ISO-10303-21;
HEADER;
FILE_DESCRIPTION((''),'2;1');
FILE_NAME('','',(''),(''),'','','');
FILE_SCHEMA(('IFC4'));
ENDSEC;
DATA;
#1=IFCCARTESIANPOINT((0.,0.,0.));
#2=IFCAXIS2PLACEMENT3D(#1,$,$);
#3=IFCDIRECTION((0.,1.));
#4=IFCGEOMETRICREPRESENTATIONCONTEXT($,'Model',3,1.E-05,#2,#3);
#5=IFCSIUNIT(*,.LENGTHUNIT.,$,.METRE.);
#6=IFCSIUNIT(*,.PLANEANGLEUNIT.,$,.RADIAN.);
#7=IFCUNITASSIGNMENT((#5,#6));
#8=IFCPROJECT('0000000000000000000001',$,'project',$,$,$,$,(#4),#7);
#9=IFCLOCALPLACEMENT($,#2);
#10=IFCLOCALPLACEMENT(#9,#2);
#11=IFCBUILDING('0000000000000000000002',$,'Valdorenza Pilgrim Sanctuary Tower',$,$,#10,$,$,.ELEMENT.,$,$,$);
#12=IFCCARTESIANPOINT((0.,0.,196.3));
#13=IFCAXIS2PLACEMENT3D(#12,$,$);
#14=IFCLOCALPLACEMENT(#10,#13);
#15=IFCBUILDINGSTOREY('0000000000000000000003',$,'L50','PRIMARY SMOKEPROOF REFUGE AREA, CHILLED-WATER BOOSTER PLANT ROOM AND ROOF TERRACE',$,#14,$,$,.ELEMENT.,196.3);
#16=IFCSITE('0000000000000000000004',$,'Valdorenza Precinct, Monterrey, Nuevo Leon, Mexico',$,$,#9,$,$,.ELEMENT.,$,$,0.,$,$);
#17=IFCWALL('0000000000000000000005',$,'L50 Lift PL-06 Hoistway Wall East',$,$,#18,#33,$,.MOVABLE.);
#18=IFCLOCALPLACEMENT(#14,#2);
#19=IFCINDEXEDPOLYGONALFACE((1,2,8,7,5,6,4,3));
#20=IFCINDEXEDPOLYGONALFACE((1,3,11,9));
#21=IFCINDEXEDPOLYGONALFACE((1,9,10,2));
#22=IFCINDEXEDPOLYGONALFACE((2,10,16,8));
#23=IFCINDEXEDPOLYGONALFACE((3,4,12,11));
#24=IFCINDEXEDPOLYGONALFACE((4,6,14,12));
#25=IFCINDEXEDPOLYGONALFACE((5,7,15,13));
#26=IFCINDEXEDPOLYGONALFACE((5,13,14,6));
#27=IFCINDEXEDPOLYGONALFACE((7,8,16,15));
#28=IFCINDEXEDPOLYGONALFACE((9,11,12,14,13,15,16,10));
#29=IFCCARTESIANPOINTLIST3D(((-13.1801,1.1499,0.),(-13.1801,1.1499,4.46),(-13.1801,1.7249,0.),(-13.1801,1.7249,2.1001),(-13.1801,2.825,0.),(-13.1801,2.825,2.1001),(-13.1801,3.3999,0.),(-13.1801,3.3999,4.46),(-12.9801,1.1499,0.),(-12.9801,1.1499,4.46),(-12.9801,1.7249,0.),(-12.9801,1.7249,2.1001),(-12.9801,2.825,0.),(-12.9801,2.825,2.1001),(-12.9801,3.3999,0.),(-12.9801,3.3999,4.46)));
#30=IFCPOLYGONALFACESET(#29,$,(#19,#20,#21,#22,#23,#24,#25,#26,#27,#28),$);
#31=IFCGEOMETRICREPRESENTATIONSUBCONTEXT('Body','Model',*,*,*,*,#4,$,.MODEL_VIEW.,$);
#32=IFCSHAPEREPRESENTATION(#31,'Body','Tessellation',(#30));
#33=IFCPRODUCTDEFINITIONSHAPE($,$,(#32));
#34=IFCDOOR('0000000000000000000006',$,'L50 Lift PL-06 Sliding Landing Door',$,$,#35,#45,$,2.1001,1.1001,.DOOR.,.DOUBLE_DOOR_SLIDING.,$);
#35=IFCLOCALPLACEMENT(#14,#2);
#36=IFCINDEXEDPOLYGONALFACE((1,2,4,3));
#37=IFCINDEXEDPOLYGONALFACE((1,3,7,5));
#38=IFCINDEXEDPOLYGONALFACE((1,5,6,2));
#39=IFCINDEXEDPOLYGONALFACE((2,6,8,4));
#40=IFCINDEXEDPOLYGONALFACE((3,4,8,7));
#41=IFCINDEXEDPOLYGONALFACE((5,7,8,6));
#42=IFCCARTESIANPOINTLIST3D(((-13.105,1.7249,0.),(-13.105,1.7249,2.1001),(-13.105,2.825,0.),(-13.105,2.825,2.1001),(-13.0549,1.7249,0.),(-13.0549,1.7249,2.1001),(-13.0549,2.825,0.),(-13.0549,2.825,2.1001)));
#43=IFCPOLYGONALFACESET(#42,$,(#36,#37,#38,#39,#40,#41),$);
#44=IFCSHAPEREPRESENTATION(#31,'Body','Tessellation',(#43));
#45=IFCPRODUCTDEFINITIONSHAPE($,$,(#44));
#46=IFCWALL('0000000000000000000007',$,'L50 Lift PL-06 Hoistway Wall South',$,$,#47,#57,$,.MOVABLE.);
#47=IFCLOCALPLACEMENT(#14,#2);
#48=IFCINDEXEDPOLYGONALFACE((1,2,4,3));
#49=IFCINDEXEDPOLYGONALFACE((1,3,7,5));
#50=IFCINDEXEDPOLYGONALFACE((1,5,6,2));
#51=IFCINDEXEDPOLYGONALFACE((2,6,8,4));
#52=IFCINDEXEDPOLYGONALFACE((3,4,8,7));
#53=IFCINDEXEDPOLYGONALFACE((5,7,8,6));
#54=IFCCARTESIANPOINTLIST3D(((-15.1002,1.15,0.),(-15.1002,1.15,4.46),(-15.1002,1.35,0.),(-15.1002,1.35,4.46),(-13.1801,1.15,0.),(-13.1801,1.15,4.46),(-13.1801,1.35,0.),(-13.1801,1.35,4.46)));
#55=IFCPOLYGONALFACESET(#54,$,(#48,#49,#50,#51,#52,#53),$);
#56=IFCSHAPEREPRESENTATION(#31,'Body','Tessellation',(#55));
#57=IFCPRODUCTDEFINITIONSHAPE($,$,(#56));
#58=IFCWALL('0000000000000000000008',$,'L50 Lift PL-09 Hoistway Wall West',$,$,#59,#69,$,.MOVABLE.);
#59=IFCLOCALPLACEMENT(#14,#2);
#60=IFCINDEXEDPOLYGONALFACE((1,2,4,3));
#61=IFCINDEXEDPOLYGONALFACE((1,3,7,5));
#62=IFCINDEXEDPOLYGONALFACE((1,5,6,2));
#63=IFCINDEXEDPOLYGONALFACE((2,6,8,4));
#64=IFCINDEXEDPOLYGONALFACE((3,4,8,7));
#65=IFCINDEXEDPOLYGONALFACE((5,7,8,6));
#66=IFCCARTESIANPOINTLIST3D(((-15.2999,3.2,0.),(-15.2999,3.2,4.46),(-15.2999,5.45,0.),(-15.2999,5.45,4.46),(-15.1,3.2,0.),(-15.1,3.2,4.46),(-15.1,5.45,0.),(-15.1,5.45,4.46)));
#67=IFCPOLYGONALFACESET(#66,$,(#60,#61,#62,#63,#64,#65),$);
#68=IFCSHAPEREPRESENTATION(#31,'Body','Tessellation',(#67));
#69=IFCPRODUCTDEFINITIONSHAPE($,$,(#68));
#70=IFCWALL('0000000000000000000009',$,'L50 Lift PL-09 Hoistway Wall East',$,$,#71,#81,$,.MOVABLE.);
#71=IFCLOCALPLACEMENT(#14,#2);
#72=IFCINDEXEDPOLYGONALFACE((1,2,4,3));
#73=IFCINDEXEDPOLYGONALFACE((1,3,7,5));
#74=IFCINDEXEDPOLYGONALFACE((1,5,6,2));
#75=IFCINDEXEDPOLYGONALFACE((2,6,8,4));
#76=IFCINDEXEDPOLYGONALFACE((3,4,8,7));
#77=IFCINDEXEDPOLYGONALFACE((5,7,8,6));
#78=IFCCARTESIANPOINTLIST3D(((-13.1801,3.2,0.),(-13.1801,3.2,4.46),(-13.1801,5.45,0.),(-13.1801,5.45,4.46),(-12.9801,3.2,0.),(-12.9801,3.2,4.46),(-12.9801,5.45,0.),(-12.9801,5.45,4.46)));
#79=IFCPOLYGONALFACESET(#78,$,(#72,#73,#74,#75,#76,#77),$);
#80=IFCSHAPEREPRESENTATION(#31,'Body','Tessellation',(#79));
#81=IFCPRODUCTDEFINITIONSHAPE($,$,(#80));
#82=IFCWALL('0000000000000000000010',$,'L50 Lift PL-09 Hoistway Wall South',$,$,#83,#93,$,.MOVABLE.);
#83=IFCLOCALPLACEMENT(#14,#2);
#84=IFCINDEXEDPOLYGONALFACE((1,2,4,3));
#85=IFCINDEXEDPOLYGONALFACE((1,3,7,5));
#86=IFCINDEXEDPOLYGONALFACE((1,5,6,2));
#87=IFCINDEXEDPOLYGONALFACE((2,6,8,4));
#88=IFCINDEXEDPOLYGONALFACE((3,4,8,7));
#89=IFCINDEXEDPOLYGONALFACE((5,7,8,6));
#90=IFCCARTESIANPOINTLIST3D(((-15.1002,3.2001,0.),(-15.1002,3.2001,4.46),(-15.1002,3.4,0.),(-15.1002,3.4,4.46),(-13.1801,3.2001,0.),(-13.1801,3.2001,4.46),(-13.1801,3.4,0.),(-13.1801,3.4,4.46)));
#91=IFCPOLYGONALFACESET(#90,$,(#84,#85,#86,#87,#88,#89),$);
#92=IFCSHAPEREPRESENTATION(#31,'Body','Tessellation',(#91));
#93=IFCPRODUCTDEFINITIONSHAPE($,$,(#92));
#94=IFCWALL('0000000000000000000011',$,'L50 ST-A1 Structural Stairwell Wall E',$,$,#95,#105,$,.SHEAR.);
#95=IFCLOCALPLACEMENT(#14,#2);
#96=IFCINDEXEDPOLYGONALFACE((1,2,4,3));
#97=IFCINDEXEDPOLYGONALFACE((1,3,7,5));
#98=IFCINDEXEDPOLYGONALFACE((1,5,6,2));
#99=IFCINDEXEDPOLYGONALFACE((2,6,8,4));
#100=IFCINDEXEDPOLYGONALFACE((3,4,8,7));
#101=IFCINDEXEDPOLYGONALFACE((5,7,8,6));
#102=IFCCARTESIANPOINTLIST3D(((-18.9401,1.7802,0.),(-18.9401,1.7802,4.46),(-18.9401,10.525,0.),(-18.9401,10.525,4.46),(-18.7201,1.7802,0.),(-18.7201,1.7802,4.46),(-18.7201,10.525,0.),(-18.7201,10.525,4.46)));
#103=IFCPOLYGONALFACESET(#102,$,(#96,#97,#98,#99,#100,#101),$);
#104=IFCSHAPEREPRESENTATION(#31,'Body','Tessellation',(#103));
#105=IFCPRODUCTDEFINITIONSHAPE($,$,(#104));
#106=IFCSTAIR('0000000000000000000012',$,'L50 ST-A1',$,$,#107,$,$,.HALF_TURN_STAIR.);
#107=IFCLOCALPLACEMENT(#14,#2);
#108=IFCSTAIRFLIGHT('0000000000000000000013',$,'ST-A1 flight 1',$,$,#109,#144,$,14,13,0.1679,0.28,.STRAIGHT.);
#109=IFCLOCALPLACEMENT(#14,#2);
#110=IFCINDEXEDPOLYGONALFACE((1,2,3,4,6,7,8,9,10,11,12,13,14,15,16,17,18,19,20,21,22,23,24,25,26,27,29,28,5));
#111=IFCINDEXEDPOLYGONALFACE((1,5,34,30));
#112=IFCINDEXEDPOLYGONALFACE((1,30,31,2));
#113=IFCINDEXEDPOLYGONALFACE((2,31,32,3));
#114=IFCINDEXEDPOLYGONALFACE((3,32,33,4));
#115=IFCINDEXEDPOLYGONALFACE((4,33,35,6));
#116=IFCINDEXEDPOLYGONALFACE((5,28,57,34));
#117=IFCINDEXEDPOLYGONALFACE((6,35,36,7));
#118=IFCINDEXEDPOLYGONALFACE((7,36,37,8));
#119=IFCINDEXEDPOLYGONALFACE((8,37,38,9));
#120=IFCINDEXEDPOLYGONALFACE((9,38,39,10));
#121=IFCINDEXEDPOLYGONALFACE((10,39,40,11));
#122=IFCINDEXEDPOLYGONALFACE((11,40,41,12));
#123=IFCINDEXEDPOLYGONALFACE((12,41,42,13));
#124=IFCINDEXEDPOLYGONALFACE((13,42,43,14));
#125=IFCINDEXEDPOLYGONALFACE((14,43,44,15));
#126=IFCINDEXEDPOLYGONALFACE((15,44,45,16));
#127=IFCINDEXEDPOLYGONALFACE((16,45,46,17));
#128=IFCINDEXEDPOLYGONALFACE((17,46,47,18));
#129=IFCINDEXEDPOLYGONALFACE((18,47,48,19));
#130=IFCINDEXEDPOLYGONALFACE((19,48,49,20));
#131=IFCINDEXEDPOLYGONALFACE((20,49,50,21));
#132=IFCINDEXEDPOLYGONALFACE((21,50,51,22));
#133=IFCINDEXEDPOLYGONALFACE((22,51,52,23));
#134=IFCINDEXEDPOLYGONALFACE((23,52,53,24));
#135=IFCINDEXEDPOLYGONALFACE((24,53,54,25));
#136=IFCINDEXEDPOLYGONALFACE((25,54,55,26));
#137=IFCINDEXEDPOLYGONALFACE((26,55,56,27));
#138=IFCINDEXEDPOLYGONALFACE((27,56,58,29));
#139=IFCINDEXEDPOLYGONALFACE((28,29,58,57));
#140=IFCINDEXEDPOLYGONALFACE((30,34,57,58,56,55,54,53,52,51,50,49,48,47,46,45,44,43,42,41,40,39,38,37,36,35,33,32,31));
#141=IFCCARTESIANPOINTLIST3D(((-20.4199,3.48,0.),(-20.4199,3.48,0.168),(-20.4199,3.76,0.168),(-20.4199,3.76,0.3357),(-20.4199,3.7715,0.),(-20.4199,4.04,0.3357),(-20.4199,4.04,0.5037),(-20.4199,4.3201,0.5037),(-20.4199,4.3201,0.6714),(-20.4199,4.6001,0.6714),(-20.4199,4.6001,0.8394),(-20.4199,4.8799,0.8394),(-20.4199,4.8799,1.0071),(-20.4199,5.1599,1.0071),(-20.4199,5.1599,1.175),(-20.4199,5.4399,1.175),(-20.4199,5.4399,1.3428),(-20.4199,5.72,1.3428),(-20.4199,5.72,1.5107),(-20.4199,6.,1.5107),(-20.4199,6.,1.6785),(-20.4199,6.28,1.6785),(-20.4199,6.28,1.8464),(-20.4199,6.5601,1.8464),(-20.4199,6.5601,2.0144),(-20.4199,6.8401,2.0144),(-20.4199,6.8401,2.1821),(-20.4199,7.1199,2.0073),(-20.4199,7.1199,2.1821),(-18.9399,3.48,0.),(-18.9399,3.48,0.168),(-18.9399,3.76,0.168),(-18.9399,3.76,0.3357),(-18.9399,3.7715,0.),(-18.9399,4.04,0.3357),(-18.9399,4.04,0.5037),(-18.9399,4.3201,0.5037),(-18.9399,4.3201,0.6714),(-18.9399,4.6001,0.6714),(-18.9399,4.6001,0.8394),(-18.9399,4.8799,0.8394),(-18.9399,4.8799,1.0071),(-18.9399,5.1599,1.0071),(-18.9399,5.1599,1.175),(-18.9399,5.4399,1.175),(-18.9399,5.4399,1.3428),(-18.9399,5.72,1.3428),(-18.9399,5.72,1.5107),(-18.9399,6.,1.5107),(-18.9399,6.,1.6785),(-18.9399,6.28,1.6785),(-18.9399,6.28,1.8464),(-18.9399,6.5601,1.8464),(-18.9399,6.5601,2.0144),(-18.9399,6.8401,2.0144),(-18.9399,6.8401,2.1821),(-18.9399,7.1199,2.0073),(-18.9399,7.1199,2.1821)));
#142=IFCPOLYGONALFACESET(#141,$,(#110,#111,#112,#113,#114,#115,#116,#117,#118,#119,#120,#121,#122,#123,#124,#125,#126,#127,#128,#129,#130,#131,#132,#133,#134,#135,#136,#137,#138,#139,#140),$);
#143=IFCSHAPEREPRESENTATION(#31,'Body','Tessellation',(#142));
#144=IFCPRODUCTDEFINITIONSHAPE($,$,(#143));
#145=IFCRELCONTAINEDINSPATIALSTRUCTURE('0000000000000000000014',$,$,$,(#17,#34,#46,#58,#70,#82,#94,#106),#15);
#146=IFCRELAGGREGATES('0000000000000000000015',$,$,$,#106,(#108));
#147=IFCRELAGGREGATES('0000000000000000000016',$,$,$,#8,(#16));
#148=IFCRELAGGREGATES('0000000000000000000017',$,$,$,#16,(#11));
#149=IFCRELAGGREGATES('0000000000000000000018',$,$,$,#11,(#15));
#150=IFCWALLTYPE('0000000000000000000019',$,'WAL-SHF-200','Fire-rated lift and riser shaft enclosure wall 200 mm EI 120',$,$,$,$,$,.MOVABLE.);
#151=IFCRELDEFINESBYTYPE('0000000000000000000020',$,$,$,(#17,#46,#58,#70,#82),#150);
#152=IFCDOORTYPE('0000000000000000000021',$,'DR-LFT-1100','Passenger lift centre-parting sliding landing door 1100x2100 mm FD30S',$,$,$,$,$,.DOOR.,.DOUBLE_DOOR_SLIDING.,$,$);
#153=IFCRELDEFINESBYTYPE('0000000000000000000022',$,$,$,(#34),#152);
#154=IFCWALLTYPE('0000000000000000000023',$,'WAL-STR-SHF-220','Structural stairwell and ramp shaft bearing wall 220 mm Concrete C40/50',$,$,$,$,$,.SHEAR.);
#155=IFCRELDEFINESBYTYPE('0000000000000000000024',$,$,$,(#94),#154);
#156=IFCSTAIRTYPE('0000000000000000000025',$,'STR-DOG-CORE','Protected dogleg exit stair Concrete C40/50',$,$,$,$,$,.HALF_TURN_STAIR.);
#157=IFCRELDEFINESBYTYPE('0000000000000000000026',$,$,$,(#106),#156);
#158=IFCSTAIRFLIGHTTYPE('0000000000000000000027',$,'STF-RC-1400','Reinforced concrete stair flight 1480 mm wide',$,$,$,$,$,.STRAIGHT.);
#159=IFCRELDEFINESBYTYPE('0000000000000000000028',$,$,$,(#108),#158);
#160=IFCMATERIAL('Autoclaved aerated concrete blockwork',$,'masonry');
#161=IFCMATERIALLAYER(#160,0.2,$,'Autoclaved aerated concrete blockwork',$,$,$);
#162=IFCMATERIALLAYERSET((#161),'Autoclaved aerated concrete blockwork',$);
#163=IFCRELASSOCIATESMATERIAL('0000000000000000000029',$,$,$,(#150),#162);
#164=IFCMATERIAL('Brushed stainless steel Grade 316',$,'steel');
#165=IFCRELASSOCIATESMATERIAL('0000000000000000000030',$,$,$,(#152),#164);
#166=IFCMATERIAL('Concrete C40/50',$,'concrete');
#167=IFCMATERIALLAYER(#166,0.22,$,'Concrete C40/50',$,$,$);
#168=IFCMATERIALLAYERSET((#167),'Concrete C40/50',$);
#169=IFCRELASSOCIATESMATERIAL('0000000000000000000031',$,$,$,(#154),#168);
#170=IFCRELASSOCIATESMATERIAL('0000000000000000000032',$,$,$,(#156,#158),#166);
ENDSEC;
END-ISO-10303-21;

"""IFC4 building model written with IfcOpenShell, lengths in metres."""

from ifc_helpers import new_model, si_unit, direction, frame, frame_2d, origin, place, context, subcontext, project, spatial, polyline, rectangle, outline, extrude, material, layer, layer_set, type_object, element, fill, aggregate, save


model = new_model("IFC4")

# Units and contexts
model_context = context("Model", 3, precision=1e-05, world=origin(), true_north=direction((0.0, 1.0)))
body_context = subcontext(model_context, "Body", "Model", "MODEL_VIEW")
ifc_project = project(units=[si_unit("LENGTHUNIT", "METRE"), si_unit("PLANEANGLEUNIT", "RADIAN")], contexts=[model_context])

# Site, building, storey
site_placement = place(None, origin())
site = spatial("IfcSite", under=ifc_project, at=site_placement, Name="Valdorenza Precinct, Monterrey, Nuevo Leon, Mexico", CompositionType="ELEMENT", RefElevation=0.0)
building_placement = place(site_placement, origin())
building = spatial("IfcBuilding", under=site, at=building_placement, Name="Valdorenza Pilgrim Sanctuary Tower", CompositionType="ELEMENT")
storey_placement = place(building_placement, frame((0.0, 0.0, 196.3)))
storey = spatial("IfcBuildingStorey", under=building, at=storey_placement, Name="L50", Description="PRIMARY SMOKEPROOF REFUGE AREA, CHILLED-WATER BOOSTER PLANT ROOM AND ROOF TERRACE", CompositionType="ELEMENT", Elevation=196.3)

# Shared definitions
ifc_material_1 = material(Name="Autoclaved aerated concrete blockwork", Category="masonry")
ifc_layer_1 = layer(ifc_material_1, 0.2, Name="Autoclaved aerated concrete blockwork")
ifc_layer_set_1 = layer_set([ifc_layer_1], Name="Autoclaved aerated concrete blockwork")
wall_type_1 = type_object("IfcWallType", Name="WAL-SHF-200", Description="Fire-rated lift and riser shaft enclosure wall 200 mm EI 120", PredefinedType="MOVABLE", material=ifc_layer_set_1)

# Shared definitions
ifc_material_2 = material(Name="Brushed stainless steel Grade 316", Category="steel")

# Wall, opening, door
wall_1_placement = place(storey_placement, frame((-13.0801, 1.1499, 0.0), z_axis=(0.0, 0.0, 1.0), x_axis=(0.0, 1.0, 0.0)))
wall_1 = element("IfcWall", 1, at=wall_1_placement, inside=storey, type_object=wall_type_1, Name="L50 Lift PL-06 Hoistway Wall East", PredefinedType="MOVABLE", context=body_context, shape_type="SweptSolid", body=[
    extrude(rectangle(XDim=2.25, YDim=0.2, at=frame_2d((1.125, 0.0))), origin(), (0.0, 0.0, 1.0), 4.46),
])
opening_1_placement = place(wall_1_placement, frame((0.575, 0.0, 0.0)))
opening_1 = element("IfcOpeningElement", 2, at=opening_1_placement, cuts=wall_1, PredefinedType="OPENING", context=body_context, shape_type="SweptSolid", body=[
    extrude(rectangle(XDim=1.1001, YDim=2.1001, at=frame_2d((0.55, 1.05))), frame((0.0, 0.1147, 0.0), z_axis=(0.0, -1.0, 0.0), x_axis=(1.0, 0.0, 0.0)), (0.0, 0.0, 1.0), 0.2297),
])
door_type_1 = type_object("IfcDoorType", Name="DR-LFT-1100", Description="Passenger lift centre-parting sliding landing door 1100x2100 mm FD30S", OperationType="DOUBLE_DOOR_SLIDING", PredefinedType="DOOR", material=ifc_material_2)
door_1_placement = place(opening_1_placement, origin())
door_1 = element("IfcDoor", 3, at=door_1_placement, inside=storey, type_object=door_type_1, Name="L50 Lift PL-06 Sliding Landing Door", OperationType="DOUBLE_DOOR_SLIDING", OverallHeight=2.1001, OverallWidth=1.1001, PredefinedType="DOOR", context=body_context, shape_type="SweptSolid", body=[
    extrude(rectangle(XDim=1.1001, YDim=2.1001, at=frame_2d((0.55, 1.05))), frame((0.0, 0.0249, 0.0), z_axis=(0.0, -1.0, 0.0), x_axis=(1.0, 0.0, 0.0)), (0.0, 0.0, 1.0), 0.05),
])
fill(opening_1, door_1)

# Walls
wall_2_placement = place(storey_placement, frame((-15.1001, 1.25, 0.0), z_axis=(0.0, 0.0, 1.0), x_axis=(1.0, 0.0, 0.0)))
element("IfcWall", 4, at=wall_2_placement, inside=storey, type_object=wall_type_1, Name="L50 Lift PL-06 Hoistway Wall South", PredefinedType="MOVABLE", context=body_context, shape_type="SweptSolid", body=[
    extrude(rectangle(XDim=1.9202, YDim=0.2, at=frame_2d((0.96, 0.0))), origin(), (0.0, 0.0, 1.0), 4.46),
])
for number, where, z_axis, x_axis, name in (
    (5, (-15.2, 3.2, 0.0), (0.0, 0.0, 1.0), (0.0, 1.0, 0.0), "L50 Lift PL-09 Hoistway Wall West"),
    (6, (-13.0801, 3.2, 0.0), (0.0, 0.0, 1.0), (0.0, 1.0, 0.0), "L50 Lift PL-09 Hoistway Wall East"),
):
    element("IfcWall", number, at=place(storey_placement, frame(where, z_axis=z_axis, x_axis=x_axis)), inside=storey, type_object=wall_type_1, Name=name, PredefinedType="MOVABLE", context=body_context, shape_type="SweptSolid", body=[
        extrude(rectangle(XDim=2.25, YDim=0.2, at=frame_2d((1.125, 0.0))), origin(), (0.0, 0.0, 1.0), 4.46),
    ])
wall_3_placement = place(storey_placement, frame((-15.1001, 3.3, 0.0), z_axis=(0.0, 0.0, 1.0), x_axis=(1.0, 0.0, 0.0)))
element("IfcWall", 7, at=wall_3_placement, inside=storey, type_object=wall_type_1, Name="L50 Lift PL-09 Hoistway Wall South", PredefinedType="MOVABLE", context=body_context, shape_type="SweptSolid", body=[
    extrude(rectangle(XDim=1.9202, YDim=0.2, at=frame_2d((0.96, 0.0))), origin(), (0.0, 0.0, 1.0), 4.46),
])
ifc_material_3 = material(Name="Concrete C40/50", Category="concrete")
ifc_layer_2 = layer(ifc_material_3, 0.22, Name="Concrete C40/50")
ifc_layer_set_2 = layer_set([ifc_layer_2], Name="Concrete C40/50")
wall_type_2 = type_object("IfcWallType", Name="WAL-STR-SHF-220", Description="Structural stairwell and ramp shaft bearing wall 220 mm Concrete C40/50", PredefinedType="SHEAR", material=ifc_layer_set_2)
wall_4_placement = place(storey_placement, frame((-18.8301, 1.78, 0.0), z_axis=(0.0, 0.0, 1.0), x_axis=(0.0, 1.0, 0.0)))
element("IfcWall", 8, at=wall_4_placement, inside=storey, type_object=wall_type_2, Name="L50 ST-A1 Structural Stairwell Wall E", PredefinedType="SHEAR", context=body_context, shape_type="SweptSolid", body=[
    extrude(rectangle(XDim=8.7449, YDim=0.22, at=frame_2d((4.3726, 0.0))), origin(), (0.0, 0.0, 1.0), 4.46),
])

# Stair, stair flight
stair_type = type_object("IfcStairType", Name="STR-DOG-CORE", Description="Protected dogleg exit stair Concrete C40/50", PredefinedType="HALF_TURN_STAIR", material=ifc_material_3)
stair_placement = place(storey_placement, origin())
stair = element("IfcStair", 9, at=stair_placement, inside=storey, type_object=stair_type, Name="L50 ST-A1", PredefinedType="HALF_TURN_STAIR")
stair_flight_type = type_object("IfcStairFlightType", Name="STF-RC-1400", Description="Reinforced concrete stair flight 1480 mm wide", PredefinedType="STRAIGHT", material=ifc_material_3)
stair_flight_placement = place(storey_placement, frame((-19.6799, 3.48, 0.0), z_axis=(0.0, 0.0, 1.0), x_axis=(0.0, 1.0, 0.0)))
stair_flight = element("IfcStairFlight", 10, at=stair_flight_placement, type_object=stair_flight_type, Name="ST-A1 flight 1", NumberOfRisers=14, NumberOfTreads=13, PredefinedType="STRAIGHT", RiserHeight=0.1679, TreadLength=0.28, context=body_context, shape_type="SweptSolid", body=[
    extrude(outline(polyline([(0.0, 0.0), (0.0, 0.168), (0.28, 0.168), (0.28, 0.3357), (0.5601, 0.3357), (0.5601, 0.5037), (0.8401, 0.5037), (0.8401, 0.6714), (1.1201, 0.6714), (1.1201, 0.8394), (1.3999, 0.8394), (1.3999, 1.0071), (1.6799, 1.0071), (1.6799, 1.175), (1.96, 1.175), (1.96, 1.3428), (2.24, 1.3428), (2.24, 1.5107), (2.52, 1.5107), (2.52, 1.6785), (2.8, 1.6785), (2.8, 1.8464), (3.0801, 1.8464), (3.0801, 2.0144), (3.3601, 2.0144), (3.3601, 2.1821), (3.6399, 2.1821), (3.6399, 2.3501), (3.6399, 2.0073), (0.2915, 0.0), (0.0, 0.0)])), frame((0.0, 0.74, 0.0), z_axis=(0.0, -1.0, 0.0), x_axis=(1.0, 0.0, 0.0)), (0.0, 0.0, 1.0), 1.48),
])
aggregate(stair, [stair_flight])

save(model, "model.ifc")
